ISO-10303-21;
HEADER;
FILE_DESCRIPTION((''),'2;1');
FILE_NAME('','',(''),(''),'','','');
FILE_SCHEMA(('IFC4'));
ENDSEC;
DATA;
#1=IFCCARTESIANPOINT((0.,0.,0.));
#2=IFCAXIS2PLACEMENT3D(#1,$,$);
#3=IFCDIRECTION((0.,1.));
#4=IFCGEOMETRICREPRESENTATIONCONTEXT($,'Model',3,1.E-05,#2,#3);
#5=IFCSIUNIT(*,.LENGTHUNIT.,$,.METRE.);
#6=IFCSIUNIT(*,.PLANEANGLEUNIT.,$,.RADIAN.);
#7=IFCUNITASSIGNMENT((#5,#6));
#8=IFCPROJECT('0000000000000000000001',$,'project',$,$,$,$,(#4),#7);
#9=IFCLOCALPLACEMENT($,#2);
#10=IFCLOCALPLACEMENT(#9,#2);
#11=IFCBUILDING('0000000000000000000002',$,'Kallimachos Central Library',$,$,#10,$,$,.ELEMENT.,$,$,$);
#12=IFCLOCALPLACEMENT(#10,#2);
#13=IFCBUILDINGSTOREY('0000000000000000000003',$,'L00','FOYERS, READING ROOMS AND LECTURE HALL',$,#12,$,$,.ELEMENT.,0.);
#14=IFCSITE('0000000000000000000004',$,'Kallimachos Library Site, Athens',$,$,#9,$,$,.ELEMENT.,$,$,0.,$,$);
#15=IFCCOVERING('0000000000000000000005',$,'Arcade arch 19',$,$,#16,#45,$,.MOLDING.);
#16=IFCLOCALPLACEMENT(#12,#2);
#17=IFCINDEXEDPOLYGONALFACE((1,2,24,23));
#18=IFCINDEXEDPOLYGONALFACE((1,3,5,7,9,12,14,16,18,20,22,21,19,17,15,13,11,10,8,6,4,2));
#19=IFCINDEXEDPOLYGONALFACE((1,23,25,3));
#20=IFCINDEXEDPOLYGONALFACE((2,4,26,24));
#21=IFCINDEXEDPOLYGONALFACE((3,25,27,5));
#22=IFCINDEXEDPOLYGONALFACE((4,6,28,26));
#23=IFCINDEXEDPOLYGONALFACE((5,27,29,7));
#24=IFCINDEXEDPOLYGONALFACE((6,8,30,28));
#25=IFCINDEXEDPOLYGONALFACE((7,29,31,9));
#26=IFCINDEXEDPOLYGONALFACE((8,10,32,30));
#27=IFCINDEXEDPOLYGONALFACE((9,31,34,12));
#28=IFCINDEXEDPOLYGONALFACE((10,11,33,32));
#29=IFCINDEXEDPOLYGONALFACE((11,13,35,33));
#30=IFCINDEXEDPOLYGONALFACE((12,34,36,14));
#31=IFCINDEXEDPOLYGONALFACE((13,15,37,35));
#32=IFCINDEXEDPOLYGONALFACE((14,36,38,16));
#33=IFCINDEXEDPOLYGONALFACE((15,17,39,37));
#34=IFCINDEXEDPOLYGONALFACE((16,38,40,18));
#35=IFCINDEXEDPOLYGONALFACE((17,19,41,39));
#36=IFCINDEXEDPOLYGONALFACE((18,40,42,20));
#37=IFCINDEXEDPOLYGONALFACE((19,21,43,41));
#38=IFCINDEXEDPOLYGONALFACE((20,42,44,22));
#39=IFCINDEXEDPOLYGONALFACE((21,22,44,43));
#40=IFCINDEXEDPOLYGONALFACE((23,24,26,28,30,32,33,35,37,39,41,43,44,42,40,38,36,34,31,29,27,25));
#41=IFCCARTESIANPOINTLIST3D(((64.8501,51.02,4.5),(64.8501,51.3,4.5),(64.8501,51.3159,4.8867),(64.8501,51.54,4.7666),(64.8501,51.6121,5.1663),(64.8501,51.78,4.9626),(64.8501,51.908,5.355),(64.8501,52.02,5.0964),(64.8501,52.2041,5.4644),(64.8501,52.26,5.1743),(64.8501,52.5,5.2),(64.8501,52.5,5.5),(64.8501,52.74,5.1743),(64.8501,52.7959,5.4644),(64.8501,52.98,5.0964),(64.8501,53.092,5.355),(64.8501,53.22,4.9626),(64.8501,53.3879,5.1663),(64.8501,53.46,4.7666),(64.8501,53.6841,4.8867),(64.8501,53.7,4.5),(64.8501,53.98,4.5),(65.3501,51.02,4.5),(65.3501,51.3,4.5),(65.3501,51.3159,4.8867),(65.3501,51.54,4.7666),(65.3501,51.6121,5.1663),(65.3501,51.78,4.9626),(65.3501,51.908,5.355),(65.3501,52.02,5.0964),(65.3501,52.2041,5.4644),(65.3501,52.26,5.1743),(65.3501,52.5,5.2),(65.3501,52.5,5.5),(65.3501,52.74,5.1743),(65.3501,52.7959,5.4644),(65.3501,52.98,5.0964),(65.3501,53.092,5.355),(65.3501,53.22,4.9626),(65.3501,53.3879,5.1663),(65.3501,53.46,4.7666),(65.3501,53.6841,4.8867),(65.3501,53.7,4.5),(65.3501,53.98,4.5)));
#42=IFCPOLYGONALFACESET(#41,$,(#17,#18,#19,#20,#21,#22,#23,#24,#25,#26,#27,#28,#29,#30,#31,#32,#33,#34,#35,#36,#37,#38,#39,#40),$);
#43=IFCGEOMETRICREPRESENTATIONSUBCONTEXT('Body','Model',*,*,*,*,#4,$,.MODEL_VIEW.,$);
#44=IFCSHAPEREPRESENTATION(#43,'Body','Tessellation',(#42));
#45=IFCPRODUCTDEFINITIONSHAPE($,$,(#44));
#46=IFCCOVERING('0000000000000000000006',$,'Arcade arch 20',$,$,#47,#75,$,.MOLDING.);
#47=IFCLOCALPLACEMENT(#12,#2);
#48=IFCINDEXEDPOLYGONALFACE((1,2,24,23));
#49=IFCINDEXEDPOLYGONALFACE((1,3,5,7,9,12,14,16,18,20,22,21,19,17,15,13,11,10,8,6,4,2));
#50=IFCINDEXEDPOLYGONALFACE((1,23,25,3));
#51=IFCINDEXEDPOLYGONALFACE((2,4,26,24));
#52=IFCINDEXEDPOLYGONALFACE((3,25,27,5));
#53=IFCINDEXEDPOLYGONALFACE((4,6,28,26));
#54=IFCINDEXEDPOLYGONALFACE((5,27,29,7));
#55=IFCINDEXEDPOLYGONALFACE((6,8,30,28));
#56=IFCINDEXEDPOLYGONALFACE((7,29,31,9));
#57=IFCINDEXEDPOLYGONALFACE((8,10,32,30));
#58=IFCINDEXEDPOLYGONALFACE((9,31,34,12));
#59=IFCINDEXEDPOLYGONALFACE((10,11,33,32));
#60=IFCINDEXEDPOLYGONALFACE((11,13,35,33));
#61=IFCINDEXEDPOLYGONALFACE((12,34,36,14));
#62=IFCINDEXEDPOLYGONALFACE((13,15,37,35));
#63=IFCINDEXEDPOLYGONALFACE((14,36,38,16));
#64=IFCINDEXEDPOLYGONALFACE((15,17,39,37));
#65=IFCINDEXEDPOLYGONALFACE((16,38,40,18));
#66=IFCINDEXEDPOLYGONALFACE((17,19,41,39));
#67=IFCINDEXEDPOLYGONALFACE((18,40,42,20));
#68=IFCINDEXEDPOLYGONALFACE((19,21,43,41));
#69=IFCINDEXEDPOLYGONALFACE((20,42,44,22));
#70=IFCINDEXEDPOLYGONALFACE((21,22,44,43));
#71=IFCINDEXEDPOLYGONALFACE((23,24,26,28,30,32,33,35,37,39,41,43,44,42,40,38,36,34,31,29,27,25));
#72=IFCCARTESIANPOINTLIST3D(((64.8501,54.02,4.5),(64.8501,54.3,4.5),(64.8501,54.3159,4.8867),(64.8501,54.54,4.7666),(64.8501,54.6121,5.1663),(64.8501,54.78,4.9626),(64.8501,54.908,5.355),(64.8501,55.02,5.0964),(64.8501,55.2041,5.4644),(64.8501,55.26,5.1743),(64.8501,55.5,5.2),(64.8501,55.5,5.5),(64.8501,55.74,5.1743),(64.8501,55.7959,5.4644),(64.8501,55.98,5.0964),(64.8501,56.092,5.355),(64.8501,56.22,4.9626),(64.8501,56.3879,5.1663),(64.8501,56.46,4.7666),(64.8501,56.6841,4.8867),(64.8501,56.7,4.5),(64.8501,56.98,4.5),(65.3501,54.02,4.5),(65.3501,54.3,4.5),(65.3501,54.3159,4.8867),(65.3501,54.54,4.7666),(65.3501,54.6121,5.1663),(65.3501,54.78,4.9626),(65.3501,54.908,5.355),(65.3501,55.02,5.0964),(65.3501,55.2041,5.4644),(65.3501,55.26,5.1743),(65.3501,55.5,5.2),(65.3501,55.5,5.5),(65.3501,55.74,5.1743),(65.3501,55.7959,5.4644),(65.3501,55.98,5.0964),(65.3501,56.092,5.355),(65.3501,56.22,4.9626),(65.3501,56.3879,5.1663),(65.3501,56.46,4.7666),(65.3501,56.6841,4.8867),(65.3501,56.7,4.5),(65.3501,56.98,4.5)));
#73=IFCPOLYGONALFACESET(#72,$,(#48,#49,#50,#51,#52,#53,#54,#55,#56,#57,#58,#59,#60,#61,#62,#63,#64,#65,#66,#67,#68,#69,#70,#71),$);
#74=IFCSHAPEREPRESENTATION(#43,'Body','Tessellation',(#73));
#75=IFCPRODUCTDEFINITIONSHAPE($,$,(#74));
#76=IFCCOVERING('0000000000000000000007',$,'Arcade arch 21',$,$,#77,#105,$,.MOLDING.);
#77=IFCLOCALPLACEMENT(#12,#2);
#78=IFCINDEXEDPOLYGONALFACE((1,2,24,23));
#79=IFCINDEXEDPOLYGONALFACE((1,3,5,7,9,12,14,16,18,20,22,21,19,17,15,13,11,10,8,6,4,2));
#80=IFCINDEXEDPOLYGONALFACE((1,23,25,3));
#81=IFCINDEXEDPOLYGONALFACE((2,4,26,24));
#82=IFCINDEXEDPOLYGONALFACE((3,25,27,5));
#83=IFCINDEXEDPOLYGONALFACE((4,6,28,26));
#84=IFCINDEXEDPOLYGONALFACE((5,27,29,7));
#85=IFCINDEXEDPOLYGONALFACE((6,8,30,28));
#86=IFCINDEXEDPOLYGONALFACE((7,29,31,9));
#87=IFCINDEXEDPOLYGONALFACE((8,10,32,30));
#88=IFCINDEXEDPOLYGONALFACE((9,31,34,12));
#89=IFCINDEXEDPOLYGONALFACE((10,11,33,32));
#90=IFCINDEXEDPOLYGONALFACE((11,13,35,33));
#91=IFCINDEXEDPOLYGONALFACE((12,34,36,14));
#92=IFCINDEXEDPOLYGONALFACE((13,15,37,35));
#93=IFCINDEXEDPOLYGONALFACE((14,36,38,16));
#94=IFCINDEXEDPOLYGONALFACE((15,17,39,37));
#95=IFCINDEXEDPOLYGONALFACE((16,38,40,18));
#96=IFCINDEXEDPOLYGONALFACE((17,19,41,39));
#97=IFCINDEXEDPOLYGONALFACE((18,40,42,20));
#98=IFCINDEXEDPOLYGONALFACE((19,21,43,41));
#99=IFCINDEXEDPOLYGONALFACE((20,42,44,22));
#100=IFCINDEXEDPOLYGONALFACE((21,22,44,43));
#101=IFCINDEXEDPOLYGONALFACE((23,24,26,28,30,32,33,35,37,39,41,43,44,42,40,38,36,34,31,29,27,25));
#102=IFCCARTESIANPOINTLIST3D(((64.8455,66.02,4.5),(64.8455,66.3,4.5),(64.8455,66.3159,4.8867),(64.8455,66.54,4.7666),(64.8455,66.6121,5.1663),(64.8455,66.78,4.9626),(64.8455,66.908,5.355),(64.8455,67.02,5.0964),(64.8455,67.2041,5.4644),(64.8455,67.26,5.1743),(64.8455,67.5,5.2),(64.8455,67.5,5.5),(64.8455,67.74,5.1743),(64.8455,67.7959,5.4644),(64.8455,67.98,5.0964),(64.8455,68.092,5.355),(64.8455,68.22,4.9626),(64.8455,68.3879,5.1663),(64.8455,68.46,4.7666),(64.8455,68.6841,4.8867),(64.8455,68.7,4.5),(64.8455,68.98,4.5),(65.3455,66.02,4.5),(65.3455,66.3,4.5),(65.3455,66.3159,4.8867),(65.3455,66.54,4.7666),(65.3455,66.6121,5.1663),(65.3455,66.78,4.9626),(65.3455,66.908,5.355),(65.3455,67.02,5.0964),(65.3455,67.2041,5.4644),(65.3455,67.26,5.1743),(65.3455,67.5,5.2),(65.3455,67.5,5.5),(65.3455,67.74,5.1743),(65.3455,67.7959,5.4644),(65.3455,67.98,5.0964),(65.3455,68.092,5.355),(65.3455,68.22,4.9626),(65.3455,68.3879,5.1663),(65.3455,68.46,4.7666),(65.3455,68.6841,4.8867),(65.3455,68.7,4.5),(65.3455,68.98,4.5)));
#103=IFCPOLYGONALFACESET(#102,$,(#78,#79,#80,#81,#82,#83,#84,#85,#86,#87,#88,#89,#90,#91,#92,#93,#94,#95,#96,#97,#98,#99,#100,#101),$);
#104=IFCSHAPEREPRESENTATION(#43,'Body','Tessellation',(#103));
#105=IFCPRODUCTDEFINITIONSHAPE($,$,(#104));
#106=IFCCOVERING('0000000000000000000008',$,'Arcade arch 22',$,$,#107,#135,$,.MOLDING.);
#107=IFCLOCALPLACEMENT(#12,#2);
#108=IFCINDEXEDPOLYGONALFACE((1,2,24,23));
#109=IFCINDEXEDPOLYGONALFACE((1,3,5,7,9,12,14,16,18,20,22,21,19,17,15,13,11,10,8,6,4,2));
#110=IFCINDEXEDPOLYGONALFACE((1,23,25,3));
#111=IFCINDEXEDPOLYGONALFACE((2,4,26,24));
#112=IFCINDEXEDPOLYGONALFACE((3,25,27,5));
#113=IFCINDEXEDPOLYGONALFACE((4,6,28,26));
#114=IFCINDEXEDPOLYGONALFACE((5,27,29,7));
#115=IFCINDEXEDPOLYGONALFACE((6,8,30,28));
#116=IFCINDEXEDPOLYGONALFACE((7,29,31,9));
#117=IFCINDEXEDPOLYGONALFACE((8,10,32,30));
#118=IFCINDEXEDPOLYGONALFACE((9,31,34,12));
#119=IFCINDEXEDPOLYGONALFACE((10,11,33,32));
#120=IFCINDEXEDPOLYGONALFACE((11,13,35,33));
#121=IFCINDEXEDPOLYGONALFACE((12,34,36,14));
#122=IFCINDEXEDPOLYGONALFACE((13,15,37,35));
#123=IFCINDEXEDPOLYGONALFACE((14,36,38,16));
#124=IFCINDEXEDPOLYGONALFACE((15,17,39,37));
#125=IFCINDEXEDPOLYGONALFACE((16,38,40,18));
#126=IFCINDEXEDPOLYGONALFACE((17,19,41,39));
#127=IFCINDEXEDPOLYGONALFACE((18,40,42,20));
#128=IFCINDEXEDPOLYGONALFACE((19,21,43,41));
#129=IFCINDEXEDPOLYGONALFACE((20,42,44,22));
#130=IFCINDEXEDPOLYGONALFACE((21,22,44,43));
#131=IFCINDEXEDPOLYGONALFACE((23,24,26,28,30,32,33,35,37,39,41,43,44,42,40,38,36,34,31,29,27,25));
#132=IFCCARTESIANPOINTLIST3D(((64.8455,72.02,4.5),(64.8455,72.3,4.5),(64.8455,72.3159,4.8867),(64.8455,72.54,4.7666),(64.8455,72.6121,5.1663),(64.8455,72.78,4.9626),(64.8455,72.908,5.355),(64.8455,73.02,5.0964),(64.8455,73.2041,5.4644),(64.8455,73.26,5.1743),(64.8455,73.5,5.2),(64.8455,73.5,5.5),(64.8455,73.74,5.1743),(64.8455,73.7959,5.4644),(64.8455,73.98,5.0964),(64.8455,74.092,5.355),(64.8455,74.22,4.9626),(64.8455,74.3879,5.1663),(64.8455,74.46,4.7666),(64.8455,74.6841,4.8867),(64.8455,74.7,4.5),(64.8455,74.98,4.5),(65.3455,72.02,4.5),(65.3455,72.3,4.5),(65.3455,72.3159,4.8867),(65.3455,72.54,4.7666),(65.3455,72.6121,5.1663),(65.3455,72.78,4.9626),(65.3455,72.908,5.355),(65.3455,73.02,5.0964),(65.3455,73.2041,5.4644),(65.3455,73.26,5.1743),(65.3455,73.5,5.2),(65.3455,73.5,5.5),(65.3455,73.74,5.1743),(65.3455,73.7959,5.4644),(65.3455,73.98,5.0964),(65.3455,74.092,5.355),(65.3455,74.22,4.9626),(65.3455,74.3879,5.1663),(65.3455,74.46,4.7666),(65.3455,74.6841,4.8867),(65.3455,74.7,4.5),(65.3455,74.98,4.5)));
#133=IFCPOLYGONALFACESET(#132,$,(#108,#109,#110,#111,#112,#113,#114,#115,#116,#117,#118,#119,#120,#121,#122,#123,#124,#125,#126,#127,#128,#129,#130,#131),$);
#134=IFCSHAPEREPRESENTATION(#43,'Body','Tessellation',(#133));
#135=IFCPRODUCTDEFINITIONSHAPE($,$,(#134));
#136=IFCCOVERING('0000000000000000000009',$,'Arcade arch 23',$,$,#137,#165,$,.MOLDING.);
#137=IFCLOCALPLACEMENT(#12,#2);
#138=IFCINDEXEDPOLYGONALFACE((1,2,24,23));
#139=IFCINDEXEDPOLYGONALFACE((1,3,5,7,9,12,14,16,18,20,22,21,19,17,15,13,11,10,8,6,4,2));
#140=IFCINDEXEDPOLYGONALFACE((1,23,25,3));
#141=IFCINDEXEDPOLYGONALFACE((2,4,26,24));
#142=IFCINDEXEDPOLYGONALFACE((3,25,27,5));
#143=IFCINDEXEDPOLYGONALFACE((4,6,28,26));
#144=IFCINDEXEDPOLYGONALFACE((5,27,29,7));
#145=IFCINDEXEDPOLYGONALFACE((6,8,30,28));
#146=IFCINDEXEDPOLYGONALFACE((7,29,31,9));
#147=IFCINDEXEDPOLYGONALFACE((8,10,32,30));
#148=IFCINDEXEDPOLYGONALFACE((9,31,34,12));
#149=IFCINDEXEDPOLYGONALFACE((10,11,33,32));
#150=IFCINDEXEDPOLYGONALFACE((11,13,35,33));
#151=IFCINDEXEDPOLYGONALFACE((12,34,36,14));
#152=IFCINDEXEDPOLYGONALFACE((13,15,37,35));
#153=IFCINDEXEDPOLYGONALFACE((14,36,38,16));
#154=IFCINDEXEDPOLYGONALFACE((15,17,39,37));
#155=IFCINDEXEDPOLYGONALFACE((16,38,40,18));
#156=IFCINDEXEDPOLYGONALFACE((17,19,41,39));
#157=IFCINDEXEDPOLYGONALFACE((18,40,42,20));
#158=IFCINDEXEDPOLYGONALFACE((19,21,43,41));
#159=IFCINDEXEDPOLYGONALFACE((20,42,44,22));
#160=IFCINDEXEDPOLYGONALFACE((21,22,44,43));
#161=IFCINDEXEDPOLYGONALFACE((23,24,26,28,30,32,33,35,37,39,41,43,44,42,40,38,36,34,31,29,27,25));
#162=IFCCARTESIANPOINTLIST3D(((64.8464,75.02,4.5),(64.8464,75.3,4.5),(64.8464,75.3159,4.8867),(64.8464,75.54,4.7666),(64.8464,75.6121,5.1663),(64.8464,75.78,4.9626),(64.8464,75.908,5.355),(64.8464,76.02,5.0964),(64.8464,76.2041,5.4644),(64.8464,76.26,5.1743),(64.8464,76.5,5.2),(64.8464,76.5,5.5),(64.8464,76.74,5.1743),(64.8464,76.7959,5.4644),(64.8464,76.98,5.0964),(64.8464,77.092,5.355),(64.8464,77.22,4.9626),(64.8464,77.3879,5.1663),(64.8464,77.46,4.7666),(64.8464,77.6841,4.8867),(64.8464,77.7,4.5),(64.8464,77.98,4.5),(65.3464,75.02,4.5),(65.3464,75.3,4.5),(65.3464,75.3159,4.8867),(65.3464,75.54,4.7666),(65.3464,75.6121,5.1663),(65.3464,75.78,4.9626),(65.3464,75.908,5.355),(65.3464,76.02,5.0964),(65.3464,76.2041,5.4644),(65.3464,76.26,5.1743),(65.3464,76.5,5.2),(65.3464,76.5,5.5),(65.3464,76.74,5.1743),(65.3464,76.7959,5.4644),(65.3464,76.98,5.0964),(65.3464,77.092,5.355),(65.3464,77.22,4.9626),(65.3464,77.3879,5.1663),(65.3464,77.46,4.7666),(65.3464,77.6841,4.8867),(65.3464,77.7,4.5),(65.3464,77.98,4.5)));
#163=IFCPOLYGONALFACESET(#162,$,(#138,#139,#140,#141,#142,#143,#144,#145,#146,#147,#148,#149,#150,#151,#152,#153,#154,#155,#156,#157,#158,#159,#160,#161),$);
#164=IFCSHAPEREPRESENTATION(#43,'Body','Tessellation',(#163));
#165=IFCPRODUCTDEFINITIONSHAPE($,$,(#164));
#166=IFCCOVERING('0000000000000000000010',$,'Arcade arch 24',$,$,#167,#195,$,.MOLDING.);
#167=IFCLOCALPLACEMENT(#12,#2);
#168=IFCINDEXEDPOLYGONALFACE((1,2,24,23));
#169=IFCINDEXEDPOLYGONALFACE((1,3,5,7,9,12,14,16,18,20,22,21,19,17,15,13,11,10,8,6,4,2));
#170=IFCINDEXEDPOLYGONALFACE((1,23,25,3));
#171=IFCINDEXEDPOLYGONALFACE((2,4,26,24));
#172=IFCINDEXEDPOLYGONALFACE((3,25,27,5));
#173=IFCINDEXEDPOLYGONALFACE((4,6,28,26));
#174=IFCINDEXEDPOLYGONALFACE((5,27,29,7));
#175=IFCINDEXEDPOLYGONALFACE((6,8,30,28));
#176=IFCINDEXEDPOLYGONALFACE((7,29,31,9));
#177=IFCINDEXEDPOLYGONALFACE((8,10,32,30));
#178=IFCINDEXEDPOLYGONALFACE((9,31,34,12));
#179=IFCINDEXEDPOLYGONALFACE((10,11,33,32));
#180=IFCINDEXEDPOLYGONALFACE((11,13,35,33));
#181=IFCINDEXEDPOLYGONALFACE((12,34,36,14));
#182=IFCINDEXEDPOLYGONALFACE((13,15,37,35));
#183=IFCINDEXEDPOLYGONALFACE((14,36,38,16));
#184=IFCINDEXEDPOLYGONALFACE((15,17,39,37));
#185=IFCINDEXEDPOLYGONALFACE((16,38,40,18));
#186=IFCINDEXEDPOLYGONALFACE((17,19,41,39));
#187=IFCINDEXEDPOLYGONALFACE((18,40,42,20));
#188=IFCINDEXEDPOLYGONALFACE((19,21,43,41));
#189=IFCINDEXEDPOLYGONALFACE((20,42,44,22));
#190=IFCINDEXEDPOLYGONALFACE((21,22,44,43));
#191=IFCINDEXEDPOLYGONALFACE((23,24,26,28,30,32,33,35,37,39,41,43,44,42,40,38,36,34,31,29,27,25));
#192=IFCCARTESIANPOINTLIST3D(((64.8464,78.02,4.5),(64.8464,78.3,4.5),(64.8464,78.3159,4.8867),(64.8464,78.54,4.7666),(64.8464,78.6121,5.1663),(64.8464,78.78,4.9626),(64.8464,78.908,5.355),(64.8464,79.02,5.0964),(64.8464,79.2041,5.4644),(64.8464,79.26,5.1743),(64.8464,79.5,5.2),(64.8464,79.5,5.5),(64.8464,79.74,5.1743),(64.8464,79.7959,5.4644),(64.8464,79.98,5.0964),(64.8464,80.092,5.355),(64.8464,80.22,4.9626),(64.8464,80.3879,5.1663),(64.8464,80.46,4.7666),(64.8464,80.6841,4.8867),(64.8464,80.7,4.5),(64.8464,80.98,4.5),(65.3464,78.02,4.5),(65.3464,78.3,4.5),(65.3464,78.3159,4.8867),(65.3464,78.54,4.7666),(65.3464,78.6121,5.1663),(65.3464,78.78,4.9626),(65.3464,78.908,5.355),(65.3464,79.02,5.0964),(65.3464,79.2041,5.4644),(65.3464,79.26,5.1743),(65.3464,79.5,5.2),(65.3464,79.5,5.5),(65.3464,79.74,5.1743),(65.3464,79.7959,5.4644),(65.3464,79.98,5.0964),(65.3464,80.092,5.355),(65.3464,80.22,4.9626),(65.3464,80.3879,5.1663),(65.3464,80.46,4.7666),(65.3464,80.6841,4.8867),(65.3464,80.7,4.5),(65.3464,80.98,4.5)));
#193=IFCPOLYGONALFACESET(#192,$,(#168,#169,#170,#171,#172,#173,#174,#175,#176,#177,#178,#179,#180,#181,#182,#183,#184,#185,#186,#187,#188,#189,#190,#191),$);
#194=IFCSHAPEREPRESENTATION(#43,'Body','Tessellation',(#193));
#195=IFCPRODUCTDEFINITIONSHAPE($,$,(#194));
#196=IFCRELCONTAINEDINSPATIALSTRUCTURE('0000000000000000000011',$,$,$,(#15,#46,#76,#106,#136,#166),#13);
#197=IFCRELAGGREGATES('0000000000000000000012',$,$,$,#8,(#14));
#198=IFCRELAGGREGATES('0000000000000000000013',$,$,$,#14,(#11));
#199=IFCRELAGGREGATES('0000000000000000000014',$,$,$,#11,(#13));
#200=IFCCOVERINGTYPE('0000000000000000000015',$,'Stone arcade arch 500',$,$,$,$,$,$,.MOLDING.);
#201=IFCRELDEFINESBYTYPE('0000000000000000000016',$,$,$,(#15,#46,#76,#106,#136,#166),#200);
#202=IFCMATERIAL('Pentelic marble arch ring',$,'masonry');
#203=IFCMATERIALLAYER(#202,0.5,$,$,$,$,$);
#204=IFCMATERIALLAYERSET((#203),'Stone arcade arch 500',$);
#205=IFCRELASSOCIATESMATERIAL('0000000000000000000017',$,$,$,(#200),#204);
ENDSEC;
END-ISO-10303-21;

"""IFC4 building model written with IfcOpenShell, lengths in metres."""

from ifc_helpers import new_model, si_unit, direction, frame, origin, place, context, subcontext, project, spatial, polyline, outline, extrude, material, layer, layer_set, type_object, element, save


model = new_model("IFC4")

# Units and contexts
model_context = context("Model", 3, precision=1e-05, world=origin(), true_north=direction((0.0, 1.0)))
body_context = subcontext(model_context, "Body", "Model", "MODEL_VIEW")
ifc_project = project(units=[si_unit("LENGTHUNIT", "METRE"), si_unit("PLANEANGLEUNIT", "RADIAN")], contexts=[model_context])

# Site, building, storey
site_placement = place(None, origin())
site = spatial("IfcSite", under=ifc_project, at=site_placement, Name="Kallimachos Library Site, Athens", CompositionType="ELEMENT", RefElevation=0.0)
building_placement = place(site_placement, origin())
building = spatial("IfcBuilding", under=site, at=building_placement, Name="Kallimachos Central Library", CompositionType="ELEMENT")
storey_placement = place(building_placement, origin())
storey = spatial("IfcBuildingStorey", under=building, at=storey_placement, Name="L00", Description="FOYERS, READING ROOMS AND LECTURE HALL", CompositionType="ELEMENT", Elevation=0.0)

# Coverings
ifc_material_1 = material(Name="Pentelic marble arch ring", Category="masonry")
ifc_layer_1 = layer(ifc_material_1, 0.5)
ifc_layer_set_1 = layer_set([ifc_layer_1], Name="Stone arcade arch 500")
covering_type_1 = type_object("IfcCoveringType", Name="Stone arcade arch 500", PredefinedType="MOLDING", material=ifc_layer_set_1)
for number, where, z_axis, x_axis, name in (
    (1, (64.8501, 51.02, 4.5), (-1.0, 0.0, 0.0), (0.0, 0.607673, 0.794187), "Arcade arch 19"),
    (2, (64.8501, 54.02, 4.5), (-1.0, 0.0, 0.0), (0.0, 0.607673, 0.794187), "Arcade arch 20"),
    (3, (64.8455, 66.02, 4.5), (-1.0, 0.0, 0.0), (0.0, 0.607673, 0.794187), "Arcade arch 21"),
    (4, (64.8455, 72.02, 4.5), (-1.0, 0.0, 0.0), (0.0, 0.607673, 0.794187), "Arcade arch 22"),
    (5, (64.8464, 75.02, 4.5), (-1.0, 0.0, 0.0), (0.0, 0.607673, 0.794187), "Arcade arch 23"),
    (6, (64.8464, 78.02, 4.5), (-1.0, 0.0, 0.0), (0.0, 0.607673, 0.794187), "Arcade arch 24"),
):
    element("IfcCovering", number, at=place(storey_placement, frame(where, z_axis=z_axis, x_axis=x_axis)), inside=storey, type_object=covering_type_1, Name=name, PredefinedType="MOLDING", context=body_context, shape_type="SweptSolid", body=[
        extrude(outline(polyline([(0.0, 0.0), (0.4869, 0.0), (0.8889, 0.0653), (1.2186, 0.1856), (1.4854, 0.3544), (1.6935, 0.5677), (1.845, 0.8244), (1.9381, 1.126), (1.9681, 1.4757), (1.926, 1.8808), (1.7987, 2.3508), (1.7987, 2.3508), (1.6285, 2.1284), (1.6285, 2.1284), (1.6944, 1.7758), (1.7043, 1.466), (1.6647, 1.1941), (1.5807, 0.9562), (1.4552, 0.75), (1.289, 0.575), (1.0814, 0.4317), (0.8293, 0.3225), (0.5277, 0.251), (0.1702, 0.2224), (0.1702, 0.2224), (0.0, 0.0), (0.0, 0.0)])), origin(), (0.0, 0.0, -1.0), 0.5),
    ])

save(model, "model.ifc")
